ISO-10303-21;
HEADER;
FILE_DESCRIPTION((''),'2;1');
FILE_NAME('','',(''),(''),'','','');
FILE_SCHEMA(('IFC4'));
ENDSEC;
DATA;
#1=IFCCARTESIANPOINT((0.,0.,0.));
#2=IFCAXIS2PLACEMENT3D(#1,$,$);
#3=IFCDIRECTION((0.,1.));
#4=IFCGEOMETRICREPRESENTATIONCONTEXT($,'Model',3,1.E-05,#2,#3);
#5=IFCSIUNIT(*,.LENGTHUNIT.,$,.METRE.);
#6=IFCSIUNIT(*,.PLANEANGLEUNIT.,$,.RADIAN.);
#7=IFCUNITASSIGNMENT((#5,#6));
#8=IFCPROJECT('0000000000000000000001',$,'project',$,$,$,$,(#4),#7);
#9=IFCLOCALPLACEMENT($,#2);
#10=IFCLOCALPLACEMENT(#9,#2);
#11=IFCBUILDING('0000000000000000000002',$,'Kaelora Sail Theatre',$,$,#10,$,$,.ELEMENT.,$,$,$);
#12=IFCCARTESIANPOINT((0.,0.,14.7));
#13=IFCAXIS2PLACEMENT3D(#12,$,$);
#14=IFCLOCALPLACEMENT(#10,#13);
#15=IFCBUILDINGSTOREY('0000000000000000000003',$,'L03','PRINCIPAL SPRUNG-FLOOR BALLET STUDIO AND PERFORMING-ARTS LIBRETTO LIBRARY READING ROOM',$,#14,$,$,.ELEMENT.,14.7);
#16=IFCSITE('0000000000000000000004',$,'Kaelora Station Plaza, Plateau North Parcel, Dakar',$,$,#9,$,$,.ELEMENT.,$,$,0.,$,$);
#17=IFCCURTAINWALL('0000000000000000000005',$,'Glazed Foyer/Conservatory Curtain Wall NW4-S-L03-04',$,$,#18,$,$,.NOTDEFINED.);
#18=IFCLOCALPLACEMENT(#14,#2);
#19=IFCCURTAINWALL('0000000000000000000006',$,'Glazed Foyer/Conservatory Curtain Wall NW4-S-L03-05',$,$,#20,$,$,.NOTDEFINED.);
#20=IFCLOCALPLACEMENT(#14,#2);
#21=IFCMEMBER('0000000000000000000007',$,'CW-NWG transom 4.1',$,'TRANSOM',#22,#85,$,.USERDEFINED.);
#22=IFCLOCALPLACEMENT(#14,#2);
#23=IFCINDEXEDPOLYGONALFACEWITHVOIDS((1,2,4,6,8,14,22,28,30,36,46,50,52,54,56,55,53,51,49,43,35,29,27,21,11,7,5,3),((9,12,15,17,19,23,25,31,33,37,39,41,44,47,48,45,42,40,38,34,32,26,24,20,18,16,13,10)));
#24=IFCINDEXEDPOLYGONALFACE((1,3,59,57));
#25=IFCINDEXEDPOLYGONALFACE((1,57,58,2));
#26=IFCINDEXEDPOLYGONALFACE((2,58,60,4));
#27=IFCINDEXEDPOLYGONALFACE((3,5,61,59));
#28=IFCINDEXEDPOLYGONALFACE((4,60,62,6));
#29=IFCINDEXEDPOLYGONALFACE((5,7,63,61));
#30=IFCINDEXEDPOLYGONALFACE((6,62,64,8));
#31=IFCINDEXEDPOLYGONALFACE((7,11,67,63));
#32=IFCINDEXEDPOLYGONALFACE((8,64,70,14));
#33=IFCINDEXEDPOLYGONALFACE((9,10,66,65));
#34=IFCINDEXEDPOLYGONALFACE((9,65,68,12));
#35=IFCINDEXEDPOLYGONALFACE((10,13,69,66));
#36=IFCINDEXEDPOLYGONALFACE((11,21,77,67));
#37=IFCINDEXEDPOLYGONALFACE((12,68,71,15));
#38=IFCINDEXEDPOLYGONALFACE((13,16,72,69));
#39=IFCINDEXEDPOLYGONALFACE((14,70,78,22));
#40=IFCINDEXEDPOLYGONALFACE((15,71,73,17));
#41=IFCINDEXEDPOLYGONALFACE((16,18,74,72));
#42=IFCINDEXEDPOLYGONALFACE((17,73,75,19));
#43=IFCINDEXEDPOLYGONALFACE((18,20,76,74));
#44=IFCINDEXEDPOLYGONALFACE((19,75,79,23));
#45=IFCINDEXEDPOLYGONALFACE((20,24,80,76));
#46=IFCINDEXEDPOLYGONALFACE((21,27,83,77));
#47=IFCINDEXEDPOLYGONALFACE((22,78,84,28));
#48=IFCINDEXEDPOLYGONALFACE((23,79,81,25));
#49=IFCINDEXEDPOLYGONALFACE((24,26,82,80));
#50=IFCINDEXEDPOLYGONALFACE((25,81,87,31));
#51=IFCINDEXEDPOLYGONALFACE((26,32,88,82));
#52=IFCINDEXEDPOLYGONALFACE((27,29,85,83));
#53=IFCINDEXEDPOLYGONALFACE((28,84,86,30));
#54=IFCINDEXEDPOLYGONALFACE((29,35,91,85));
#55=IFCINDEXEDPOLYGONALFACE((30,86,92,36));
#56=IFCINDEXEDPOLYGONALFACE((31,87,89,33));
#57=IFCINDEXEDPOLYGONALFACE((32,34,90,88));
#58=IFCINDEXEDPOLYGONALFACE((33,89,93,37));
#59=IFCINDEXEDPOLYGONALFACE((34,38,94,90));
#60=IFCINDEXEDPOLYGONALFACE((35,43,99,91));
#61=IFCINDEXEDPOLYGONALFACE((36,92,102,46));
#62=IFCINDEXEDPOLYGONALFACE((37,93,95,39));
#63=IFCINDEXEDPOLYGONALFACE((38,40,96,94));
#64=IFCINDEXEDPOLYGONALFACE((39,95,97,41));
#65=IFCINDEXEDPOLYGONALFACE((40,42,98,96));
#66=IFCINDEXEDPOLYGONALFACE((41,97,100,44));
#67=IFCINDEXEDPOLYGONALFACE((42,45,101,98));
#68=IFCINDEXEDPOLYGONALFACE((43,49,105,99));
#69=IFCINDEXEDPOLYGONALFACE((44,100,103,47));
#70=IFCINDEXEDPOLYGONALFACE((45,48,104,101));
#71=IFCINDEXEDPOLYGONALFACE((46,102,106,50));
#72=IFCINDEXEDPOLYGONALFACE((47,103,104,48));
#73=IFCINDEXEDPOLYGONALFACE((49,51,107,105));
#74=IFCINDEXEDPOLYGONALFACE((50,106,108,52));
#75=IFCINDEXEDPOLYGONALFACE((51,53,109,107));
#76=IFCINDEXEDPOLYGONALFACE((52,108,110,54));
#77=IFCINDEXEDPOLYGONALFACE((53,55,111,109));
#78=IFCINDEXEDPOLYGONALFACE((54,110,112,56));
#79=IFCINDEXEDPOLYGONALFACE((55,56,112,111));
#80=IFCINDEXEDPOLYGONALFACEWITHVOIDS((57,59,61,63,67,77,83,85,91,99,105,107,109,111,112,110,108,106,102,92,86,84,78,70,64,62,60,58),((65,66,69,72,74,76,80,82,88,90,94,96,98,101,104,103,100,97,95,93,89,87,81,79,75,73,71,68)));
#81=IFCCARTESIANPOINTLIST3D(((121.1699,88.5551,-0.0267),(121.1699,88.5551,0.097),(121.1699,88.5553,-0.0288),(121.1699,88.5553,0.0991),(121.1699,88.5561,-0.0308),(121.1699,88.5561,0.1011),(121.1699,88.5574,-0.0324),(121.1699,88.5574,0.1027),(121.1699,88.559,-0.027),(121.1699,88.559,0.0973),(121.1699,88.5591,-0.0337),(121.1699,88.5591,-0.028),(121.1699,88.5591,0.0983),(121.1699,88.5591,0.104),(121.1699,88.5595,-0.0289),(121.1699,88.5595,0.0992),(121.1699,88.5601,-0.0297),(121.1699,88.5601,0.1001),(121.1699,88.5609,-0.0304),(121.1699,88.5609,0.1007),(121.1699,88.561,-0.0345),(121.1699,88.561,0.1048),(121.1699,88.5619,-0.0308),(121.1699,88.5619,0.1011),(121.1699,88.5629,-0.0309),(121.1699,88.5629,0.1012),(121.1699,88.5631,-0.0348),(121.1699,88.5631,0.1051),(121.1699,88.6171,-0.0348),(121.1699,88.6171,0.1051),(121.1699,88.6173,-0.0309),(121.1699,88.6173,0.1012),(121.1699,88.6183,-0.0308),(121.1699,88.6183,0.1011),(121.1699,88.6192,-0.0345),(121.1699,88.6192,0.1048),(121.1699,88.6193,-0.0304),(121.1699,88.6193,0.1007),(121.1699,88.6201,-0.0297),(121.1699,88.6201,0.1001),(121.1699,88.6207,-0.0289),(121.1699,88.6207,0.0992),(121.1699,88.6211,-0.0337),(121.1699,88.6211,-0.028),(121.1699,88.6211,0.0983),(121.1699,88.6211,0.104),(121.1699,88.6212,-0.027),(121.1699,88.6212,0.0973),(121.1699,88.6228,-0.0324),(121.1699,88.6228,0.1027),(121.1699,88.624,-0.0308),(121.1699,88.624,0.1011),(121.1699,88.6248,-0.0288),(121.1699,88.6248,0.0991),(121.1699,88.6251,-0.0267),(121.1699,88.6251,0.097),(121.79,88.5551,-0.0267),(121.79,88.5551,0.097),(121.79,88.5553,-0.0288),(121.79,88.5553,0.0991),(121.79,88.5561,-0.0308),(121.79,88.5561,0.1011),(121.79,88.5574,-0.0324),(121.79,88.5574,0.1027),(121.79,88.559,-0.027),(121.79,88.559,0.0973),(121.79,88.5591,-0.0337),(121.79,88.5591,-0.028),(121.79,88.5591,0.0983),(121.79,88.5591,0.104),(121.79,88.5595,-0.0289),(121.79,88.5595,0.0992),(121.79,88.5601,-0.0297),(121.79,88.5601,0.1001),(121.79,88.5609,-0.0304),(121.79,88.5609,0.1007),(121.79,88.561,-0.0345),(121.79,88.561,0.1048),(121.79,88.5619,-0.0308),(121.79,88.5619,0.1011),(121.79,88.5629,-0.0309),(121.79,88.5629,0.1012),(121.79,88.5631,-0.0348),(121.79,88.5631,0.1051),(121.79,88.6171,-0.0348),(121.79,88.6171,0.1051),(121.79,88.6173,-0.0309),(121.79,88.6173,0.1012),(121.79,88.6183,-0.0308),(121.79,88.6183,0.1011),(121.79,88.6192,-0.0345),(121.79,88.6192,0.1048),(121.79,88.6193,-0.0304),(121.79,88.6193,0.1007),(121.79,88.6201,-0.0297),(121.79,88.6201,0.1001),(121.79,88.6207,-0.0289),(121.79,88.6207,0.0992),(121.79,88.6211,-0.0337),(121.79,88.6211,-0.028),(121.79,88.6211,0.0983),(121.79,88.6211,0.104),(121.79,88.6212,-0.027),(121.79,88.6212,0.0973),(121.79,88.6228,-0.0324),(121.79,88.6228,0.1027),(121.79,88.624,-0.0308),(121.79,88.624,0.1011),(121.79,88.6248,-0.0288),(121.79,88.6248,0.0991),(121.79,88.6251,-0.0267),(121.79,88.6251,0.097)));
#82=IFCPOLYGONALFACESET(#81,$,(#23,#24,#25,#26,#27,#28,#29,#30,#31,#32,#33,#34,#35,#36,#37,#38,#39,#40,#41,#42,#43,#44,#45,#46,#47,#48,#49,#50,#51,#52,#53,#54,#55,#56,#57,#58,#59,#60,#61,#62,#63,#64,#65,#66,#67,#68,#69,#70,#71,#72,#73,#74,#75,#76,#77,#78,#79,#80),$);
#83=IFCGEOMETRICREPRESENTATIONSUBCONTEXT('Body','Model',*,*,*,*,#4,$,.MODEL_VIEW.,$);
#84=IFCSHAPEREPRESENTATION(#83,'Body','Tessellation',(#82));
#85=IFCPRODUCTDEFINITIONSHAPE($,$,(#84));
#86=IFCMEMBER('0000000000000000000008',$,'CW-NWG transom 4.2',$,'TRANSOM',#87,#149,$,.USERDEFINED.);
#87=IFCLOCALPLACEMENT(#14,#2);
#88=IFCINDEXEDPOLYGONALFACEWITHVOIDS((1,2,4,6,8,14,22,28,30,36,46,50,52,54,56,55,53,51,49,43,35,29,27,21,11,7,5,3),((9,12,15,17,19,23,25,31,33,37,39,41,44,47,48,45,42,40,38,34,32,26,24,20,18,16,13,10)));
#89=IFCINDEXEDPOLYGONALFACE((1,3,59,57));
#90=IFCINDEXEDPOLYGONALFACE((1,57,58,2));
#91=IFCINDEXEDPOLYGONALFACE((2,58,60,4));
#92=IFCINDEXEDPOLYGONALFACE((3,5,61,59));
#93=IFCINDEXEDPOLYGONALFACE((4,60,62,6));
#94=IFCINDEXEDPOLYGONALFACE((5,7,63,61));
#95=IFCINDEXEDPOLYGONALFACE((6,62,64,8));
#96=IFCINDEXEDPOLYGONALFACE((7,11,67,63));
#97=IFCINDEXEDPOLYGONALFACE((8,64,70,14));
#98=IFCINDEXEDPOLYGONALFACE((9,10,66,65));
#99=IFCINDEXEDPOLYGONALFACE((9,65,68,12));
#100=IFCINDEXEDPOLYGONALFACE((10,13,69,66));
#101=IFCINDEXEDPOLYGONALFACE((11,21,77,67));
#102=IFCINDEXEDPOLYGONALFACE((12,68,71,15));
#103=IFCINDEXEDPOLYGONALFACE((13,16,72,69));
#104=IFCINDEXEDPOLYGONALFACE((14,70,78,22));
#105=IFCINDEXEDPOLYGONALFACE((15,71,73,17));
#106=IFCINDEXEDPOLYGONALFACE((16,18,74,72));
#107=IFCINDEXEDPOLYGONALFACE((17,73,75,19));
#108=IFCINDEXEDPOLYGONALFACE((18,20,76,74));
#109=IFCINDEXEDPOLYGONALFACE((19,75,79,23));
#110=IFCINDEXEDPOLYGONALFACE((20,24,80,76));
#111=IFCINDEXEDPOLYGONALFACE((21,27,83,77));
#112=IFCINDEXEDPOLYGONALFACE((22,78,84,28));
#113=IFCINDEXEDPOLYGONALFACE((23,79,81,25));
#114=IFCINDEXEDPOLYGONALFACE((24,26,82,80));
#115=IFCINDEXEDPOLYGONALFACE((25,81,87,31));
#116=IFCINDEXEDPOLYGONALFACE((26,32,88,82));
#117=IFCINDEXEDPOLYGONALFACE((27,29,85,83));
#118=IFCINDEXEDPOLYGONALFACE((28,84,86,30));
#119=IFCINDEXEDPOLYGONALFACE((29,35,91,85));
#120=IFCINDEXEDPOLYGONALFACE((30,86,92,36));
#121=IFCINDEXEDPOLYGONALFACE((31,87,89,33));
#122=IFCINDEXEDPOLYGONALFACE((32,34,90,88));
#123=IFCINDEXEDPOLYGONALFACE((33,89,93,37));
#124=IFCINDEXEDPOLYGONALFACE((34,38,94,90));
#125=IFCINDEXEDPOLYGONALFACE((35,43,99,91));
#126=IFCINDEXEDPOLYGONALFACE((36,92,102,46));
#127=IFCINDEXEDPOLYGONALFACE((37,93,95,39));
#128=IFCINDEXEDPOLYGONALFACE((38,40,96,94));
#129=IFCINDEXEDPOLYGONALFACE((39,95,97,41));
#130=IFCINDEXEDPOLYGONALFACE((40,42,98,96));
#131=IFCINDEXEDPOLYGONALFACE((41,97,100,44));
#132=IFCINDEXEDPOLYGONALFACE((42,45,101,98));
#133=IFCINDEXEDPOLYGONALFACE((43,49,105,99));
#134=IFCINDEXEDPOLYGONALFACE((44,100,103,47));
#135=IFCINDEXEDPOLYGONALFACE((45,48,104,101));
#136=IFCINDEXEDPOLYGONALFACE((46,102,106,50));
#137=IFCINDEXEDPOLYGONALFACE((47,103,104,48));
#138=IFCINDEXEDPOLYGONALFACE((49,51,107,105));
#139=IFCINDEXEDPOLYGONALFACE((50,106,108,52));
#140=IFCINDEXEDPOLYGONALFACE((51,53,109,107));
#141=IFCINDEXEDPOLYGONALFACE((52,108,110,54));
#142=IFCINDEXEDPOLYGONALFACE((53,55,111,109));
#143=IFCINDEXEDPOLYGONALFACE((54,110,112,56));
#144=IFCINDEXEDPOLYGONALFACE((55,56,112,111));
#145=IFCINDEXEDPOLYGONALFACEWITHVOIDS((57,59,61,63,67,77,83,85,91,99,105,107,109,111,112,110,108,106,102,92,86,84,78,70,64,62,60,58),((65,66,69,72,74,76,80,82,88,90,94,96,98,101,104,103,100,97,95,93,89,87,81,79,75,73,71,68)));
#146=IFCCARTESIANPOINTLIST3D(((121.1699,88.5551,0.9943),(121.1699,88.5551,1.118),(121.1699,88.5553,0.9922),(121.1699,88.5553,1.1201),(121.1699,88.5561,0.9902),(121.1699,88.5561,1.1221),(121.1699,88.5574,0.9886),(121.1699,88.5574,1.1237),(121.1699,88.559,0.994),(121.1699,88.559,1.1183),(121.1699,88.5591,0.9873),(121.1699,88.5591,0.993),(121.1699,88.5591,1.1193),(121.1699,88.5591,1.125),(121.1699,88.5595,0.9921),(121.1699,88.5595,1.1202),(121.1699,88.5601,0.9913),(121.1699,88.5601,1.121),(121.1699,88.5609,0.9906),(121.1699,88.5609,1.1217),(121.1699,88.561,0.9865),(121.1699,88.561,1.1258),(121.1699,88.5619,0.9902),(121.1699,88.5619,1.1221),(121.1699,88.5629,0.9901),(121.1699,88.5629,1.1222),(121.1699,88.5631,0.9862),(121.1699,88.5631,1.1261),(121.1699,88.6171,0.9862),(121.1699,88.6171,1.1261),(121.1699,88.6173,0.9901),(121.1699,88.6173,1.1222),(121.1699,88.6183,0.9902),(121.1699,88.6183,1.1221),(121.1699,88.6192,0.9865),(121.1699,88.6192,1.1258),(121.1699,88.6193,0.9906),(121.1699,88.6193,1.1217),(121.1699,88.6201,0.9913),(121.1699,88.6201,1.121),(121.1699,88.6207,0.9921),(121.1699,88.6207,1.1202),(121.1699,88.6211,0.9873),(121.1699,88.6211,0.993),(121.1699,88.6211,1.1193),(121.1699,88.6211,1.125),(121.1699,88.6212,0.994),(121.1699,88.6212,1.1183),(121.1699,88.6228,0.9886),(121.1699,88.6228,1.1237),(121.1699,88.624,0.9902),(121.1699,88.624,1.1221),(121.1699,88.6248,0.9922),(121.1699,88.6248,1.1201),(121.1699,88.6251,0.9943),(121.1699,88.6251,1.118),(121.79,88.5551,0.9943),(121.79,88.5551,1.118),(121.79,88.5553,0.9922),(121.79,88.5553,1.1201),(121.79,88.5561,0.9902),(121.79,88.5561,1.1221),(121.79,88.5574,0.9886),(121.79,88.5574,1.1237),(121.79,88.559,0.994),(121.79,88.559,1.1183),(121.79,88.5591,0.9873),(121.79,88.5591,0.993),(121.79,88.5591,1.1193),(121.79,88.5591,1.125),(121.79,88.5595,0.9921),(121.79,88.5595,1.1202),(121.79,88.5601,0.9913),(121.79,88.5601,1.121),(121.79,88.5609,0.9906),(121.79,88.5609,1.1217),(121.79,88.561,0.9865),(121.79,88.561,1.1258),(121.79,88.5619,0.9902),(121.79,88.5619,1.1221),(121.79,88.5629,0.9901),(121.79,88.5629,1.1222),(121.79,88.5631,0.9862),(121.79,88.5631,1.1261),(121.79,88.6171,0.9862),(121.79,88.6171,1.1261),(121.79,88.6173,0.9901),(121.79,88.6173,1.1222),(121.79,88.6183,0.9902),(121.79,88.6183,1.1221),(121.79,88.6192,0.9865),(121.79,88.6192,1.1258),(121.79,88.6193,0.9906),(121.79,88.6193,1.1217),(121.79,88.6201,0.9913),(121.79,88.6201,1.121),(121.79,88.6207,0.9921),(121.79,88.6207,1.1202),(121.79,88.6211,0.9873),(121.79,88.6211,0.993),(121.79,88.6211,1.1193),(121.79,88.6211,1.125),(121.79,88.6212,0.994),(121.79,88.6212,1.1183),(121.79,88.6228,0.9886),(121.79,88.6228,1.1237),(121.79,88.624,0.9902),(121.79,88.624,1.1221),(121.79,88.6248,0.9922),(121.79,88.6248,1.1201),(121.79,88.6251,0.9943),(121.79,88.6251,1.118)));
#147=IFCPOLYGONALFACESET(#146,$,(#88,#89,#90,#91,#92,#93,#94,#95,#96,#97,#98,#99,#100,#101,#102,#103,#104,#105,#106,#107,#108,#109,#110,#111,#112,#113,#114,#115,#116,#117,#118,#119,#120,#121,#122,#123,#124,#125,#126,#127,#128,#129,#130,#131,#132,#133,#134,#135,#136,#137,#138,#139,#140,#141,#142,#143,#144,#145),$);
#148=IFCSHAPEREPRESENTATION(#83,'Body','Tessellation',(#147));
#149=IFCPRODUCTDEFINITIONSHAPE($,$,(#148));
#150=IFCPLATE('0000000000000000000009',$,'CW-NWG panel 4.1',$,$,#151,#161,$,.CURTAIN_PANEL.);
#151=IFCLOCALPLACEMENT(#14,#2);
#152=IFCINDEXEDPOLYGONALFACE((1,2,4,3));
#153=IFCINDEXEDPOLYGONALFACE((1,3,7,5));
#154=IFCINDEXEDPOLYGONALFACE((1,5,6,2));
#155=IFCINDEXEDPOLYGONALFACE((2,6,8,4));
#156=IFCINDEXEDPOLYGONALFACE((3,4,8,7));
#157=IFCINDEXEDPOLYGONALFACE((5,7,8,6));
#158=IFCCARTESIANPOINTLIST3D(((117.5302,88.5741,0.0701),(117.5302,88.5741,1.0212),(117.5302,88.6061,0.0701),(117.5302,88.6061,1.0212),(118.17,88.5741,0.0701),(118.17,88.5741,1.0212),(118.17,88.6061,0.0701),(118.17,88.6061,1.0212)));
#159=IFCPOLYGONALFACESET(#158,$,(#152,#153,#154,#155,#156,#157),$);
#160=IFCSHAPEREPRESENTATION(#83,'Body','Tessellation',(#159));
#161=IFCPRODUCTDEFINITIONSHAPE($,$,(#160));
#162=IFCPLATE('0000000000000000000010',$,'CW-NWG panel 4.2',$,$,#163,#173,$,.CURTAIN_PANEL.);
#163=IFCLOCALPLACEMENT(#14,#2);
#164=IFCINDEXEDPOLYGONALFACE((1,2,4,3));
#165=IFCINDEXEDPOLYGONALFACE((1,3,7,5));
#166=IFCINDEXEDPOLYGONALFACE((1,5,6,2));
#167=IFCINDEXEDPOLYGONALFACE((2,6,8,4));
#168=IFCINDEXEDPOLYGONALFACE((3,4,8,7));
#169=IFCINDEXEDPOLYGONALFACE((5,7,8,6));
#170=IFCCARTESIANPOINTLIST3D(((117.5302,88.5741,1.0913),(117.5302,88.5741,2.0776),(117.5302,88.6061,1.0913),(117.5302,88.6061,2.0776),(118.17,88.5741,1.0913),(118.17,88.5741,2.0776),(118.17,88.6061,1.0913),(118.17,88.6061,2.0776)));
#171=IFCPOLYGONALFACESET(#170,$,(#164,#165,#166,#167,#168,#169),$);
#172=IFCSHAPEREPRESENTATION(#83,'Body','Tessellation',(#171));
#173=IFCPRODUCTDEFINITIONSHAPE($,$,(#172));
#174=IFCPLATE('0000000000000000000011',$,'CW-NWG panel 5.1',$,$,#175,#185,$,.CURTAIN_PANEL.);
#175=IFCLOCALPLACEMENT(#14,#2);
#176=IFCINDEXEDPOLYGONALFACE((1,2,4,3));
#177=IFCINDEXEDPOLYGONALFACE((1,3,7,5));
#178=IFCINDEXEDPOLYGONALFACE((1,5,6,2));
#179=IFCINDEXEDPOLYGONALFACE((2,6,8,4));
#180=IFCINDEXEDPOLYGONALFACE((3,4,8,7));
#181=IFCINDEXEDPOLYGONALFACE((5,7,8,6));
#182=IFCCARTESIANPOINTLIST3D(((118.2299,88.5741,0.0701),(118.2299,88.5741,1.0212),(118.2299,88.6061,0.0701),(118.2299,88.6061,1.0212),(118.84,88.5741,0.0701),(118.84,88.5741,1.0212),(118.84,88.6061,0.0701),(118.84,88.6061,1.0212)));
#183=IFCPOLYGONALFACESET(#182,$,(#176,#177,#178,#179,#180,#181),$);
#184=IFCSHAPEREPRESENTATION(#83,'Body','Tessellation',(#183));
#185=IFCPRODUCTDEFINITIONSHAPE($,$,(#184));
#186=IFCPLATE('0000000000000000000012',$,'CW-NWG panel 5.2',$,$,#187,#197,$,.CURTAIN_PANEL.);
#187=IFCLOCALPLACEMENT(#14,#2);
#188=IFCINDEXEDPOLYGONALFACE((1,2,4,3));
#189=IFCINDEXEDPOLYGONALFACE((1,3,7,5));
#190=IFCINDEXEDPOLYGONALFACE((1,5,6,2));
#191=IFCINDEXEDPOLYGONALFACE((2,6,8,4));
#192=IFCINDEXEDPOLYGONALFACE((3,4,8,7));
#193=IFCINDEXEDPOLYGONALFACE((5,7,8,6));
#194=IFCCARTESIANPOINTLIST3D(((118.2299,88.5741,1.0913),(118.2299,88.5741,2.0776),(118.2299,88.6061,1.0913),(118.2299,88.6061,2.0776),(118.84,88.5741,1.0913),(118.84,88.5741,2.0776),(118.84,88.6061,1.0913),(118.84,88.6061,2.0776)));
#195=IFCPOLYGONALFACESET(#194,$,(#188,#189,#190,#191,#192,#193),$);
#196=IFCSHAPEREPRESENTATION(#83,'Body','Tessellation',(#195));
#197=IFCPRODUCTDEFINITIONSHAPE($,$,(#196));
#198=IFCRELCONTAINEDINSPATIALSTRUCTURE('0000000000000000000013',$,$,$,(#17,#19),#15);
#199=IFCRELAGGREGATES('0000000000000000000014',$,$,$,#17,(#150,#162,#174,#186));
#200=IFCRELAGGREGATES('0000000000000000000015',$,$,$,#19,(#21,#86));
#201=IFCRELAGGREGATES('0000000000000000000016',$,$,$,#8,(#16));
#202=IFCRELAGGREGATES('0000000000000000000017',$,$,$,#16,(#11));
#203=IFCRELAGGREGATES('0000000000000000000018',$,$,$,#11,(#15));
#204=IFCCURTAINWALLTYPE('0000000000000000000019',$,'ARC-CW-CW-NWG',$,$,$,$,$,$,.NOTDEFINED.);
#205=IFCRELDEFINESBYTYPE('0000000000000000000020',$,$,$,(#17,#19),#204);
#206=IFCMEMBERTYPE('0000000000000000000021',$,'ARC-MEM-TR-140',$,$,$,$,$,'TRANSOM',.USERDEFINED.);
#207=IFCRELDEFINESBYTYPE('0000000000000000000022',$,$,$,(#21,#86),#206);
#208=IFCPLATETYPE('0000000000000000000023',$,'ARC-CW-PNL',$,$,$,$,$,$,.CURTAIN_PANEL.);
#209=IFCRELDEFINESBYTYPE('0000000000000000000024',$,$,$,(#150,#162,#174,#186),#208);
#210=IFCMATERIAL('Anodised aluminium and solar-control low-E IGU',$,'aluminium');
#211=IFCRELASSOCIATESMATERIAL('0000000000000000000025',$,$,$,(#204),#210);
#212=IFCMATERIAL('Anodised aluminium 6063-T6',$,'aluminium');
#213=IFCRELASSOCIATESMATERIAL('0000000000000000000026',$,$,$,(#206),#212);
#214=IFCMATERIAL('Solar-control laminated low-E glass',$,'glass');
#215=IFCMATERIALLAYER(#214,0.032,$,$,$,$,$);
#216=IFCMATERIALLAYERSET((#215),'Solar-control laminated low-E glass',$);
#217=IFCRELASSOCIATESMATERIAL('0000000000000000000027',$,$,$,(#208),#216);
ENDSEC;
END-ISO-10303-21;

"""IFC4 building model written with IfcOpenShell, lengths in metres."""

from ifc_helpers import new_model, si_unit, direction, frame, origin, origin_2d, place, context, subcontext, project, spatial, rectangle, hollow_rectangle, extrude, material, layer, layer_set, material_profile, profile_set, type_object, element, aggregate, save


model = new_model("IFC4")

# Units and contexts
model_context = context("Model", 3, precision=1e-05, world=origin(), true_north=direction((0.0, 1.0)))
body_context = subcontext(model_context, "Body", "Model", "MODEL_VIEW")
ifc_project = project(units=[si_unit("LENGTHUNIT", "METRE"), si_unit("PLANEANGLEUNIT", "RADIAN")], contexts=[model_context])

# Site, building, storey
site_placement = place(None, origin())
site = spatial("IfcSite", under=ifc_project, at=site_placement, Name="Kaelora Station Plaza, Plateau North Parcel, Dakar", CompositionType="ELEMENT", RefElevation=0.0)
building_placement = place(site_placement, origin())
building = spatial("IfcBuilding", under=site, at=building_placement, Name="Kaelora Sail Theatre", CompositionType="ELEMENT")
storey_placement = place(building_placement, frame((0.0, 0.0, 14.7)))
storey = spatial("IfcBuildingStorey", under=building, at=storey_placement, Name="L03", Description="PRINCIPAL SPRUNG-FLOOR BALLET STUDIO AND PERFORMING-ARTS LIBRETTO LIBRARY READING ROOM", CompositionType="ELEMENT", Elevation=14.7)

# Curtain walls
ifc_material_1 = material(Name="Anodised aluminium and solar-control low-E IGU", Category="aluminium")
curtain_wall_type = type_object("IfcCurtainWallType", Name="ARC-CW-CW-NWG", PredefinedType="NOTDEFINED", material=ifc_material_1)
curtain_wall_1_placement = place(storey_placement, origin())
curtain_wall_1 = element("IfcCurtainWall", 1, at=curtain_wall_1_placement, inside=storey, type_object=curtain_wall_type, Name="Glazed Foyer/Conservatory Curtain Wall NW4-S-L03-04", PredefinedType="NOTDEFINED")
curtain_wall_2_placement = place(storey_placement, origin())
curtain_wall_2 = element("IfcCurtainWall", 2, at=curtain_wall_2_placement, inside=storey, type_object=curtain_wall_type, Name="Glazed Foyer/Conservatory Curtain Wall NW4-S-L03-05", PredefinedType="NOTDEFINED")

# Members
ifc_material_2 = material(Name="Anodised aluminium 6063-T6", Category="aluminium")
ifc_material_profile_1 = material_profile(ifc_material_2, hollow_rectangle(XDim=0.0701, YDim=0.1399, WallThickness=0.0039, InnerFilletRadius=0.0039, OuterFilletRadius=0.0081, at=origin_2d()), Name="ALU-TRAN 70x140x4")
ifc_profile_set_1 = profile_set([ifc_material_profile_1], Name="Anodised aluminium 6063-T6")
member_type_1 = type_object("IfcMemberType", Name="ARC-MEM-TR-140", ElementType="TRANSOM", PredefinedType="USERDEFINED", material=ifc_profile_set_1)
member_1_placement = place(storey_placement, frame((121.1699, 88.5901, 0.0352), z_axis=(1.0, 0.0, 0.0), x_axis=(0.0, 1.0, 0.0)))
member_1 = element("IfcMember", 3, at=member_1_placement, type_object=member_type_1, Name="CW-NWG transom 4.1", ObjectType="TRANSOM", PredefinedType="USERDEFINED", context=body_context, shape_type="SweptSolid", body=[
    extrude(hollow_rectangle(XDim=0.0701, YDim=0.1399, WallThickness=0.0039, InnerFilletRadius=0.0039, OuterFilletRadius=0.0081, at=origin_2d()), origin(), (0.0, 0.0, 1.0), 0.6201),
])
member_2_placement = place(storey_placement, frame((121.1699, 88.5901, 1.0562), z_axis=(1.0, 0.0, 0.0), x_axis=(0.0, 1.0, 0.0)))
member_2 = element("IfcMember", 4, at=member_2_placement, type_object=member_type_1, Name="CW-NWG transom 4.2", ObjectType="TRANSOM", PredefinedType="USERDEFINED", context=body_context, shape_type="SweptSolid", body=[
    extrude(hollow_rectangle(XDim=0.0701, YDim=0.1399, WallThickness=0.0039, InnerFilletRadius=0.0039, OuterFilletRadius=0.0081, at=origin_2d()), origin(), (0.0, 0.0, 1.0), 0.6201),
])

# Plates
ifc_material_3 = material(Name="Solar-control laminated low-E glass", Category="glass")
ifc_layer = layer(ifc_material_3, 0.032)
ifc_layer_set = layer_set([ifc_layer], Name="Solar-control laminated low-E glass")
plate_type = type_object("IfcPlateType", Name="ARC-CW-PNL", PredefinedType="CURTAIN_PANEL", material=ifc_layer_set)
plate_1_placement = place(storey_placement, frame((117.8501, 88.5901, 0.0701), z_axis=(0.0, 0.0, 1.0), x_axis=(1.0, 0.0, 0.0)))
plate_1 = element("IfcPlate", 5, at=plate_1_placement, type_object=plate_type, Name="CW-NWG panel 4.1", PredefinedType="CURTAIN_PANEL", context=body_context, shape_type="SweptSolid", body=[
    extrude(rectangle(XDim=0.6399, YDim=0.032, at=origin_2d()), origin(), (0.0, 0.0, 1.0), 0.9512),
])
plate_2_placement = place(storey_placement, frame((117.8501, 88.5901, 1.0913), z_axis=(0.0, 0.0, 1.0), x_axis=(1.0, 0.0, 0.0)))
plate_2 = element("IfcPlate", 6, at=plate_2_placement, type_object=plate_type, Name="CW-NWG panel 4.2", PredefinedType="CURTAIN_PANEL", context=body_context, shape_type="SweptSolid", body=[
    extrude(rectangle(XDim=0.6399, YDim=0.032, at=origin_2d()), origin(), (0.0, 0.0, 1.0), 0.9863),
])
plate_3_placement = place(storey_placement, frame((118.5349, 88.5901, 0.0701), z_axis=(0.0, 0.0, 1.0), x_axis=(1.0, 0.0, 0.0)))
plate_3 = element("IfcPlate", 7, at=plate_3_placement, type_object=plate_type, Name="CW-NWG panel 5.1", PredefinedType="CURTAIN_PANEL", context=body_context, shape_type="SweptSolid", body=[
    extrude(rectangle(XDim=0.6101, YDim=0.032, at=origin_2d()), origin(), (0.0, 0.0, 1.0), 0.9512),
])
plate_4_placement = place(storey_placement, frame((118.5349, 88.5901, 1.0913), z_axis=(0.0, 0.0, 1.0), x_axis=(1.0, 0.0, 0.0)))
plate_4 = element("IfcPlate", 8, at=plate_4_placement, type_object=plate_type, Name="CW-NWG panel 5.2", PredefinedType="CURTAIN_PANEL", context=body_context, shape_type="SweptSolid", body=[
    extrude(rectangle(XDim=0.6101, YDim=0.032, at=origin_2d()), origin(), (0.0, 0.0, 1.0), 0.9863),
])
aggregate(curtain_wall_1, [plate_1, plate_2, plate_3, plate_4])
aggregate(curtain_wall_2, [member_1, member_2])

save(model, "model.ifc")
